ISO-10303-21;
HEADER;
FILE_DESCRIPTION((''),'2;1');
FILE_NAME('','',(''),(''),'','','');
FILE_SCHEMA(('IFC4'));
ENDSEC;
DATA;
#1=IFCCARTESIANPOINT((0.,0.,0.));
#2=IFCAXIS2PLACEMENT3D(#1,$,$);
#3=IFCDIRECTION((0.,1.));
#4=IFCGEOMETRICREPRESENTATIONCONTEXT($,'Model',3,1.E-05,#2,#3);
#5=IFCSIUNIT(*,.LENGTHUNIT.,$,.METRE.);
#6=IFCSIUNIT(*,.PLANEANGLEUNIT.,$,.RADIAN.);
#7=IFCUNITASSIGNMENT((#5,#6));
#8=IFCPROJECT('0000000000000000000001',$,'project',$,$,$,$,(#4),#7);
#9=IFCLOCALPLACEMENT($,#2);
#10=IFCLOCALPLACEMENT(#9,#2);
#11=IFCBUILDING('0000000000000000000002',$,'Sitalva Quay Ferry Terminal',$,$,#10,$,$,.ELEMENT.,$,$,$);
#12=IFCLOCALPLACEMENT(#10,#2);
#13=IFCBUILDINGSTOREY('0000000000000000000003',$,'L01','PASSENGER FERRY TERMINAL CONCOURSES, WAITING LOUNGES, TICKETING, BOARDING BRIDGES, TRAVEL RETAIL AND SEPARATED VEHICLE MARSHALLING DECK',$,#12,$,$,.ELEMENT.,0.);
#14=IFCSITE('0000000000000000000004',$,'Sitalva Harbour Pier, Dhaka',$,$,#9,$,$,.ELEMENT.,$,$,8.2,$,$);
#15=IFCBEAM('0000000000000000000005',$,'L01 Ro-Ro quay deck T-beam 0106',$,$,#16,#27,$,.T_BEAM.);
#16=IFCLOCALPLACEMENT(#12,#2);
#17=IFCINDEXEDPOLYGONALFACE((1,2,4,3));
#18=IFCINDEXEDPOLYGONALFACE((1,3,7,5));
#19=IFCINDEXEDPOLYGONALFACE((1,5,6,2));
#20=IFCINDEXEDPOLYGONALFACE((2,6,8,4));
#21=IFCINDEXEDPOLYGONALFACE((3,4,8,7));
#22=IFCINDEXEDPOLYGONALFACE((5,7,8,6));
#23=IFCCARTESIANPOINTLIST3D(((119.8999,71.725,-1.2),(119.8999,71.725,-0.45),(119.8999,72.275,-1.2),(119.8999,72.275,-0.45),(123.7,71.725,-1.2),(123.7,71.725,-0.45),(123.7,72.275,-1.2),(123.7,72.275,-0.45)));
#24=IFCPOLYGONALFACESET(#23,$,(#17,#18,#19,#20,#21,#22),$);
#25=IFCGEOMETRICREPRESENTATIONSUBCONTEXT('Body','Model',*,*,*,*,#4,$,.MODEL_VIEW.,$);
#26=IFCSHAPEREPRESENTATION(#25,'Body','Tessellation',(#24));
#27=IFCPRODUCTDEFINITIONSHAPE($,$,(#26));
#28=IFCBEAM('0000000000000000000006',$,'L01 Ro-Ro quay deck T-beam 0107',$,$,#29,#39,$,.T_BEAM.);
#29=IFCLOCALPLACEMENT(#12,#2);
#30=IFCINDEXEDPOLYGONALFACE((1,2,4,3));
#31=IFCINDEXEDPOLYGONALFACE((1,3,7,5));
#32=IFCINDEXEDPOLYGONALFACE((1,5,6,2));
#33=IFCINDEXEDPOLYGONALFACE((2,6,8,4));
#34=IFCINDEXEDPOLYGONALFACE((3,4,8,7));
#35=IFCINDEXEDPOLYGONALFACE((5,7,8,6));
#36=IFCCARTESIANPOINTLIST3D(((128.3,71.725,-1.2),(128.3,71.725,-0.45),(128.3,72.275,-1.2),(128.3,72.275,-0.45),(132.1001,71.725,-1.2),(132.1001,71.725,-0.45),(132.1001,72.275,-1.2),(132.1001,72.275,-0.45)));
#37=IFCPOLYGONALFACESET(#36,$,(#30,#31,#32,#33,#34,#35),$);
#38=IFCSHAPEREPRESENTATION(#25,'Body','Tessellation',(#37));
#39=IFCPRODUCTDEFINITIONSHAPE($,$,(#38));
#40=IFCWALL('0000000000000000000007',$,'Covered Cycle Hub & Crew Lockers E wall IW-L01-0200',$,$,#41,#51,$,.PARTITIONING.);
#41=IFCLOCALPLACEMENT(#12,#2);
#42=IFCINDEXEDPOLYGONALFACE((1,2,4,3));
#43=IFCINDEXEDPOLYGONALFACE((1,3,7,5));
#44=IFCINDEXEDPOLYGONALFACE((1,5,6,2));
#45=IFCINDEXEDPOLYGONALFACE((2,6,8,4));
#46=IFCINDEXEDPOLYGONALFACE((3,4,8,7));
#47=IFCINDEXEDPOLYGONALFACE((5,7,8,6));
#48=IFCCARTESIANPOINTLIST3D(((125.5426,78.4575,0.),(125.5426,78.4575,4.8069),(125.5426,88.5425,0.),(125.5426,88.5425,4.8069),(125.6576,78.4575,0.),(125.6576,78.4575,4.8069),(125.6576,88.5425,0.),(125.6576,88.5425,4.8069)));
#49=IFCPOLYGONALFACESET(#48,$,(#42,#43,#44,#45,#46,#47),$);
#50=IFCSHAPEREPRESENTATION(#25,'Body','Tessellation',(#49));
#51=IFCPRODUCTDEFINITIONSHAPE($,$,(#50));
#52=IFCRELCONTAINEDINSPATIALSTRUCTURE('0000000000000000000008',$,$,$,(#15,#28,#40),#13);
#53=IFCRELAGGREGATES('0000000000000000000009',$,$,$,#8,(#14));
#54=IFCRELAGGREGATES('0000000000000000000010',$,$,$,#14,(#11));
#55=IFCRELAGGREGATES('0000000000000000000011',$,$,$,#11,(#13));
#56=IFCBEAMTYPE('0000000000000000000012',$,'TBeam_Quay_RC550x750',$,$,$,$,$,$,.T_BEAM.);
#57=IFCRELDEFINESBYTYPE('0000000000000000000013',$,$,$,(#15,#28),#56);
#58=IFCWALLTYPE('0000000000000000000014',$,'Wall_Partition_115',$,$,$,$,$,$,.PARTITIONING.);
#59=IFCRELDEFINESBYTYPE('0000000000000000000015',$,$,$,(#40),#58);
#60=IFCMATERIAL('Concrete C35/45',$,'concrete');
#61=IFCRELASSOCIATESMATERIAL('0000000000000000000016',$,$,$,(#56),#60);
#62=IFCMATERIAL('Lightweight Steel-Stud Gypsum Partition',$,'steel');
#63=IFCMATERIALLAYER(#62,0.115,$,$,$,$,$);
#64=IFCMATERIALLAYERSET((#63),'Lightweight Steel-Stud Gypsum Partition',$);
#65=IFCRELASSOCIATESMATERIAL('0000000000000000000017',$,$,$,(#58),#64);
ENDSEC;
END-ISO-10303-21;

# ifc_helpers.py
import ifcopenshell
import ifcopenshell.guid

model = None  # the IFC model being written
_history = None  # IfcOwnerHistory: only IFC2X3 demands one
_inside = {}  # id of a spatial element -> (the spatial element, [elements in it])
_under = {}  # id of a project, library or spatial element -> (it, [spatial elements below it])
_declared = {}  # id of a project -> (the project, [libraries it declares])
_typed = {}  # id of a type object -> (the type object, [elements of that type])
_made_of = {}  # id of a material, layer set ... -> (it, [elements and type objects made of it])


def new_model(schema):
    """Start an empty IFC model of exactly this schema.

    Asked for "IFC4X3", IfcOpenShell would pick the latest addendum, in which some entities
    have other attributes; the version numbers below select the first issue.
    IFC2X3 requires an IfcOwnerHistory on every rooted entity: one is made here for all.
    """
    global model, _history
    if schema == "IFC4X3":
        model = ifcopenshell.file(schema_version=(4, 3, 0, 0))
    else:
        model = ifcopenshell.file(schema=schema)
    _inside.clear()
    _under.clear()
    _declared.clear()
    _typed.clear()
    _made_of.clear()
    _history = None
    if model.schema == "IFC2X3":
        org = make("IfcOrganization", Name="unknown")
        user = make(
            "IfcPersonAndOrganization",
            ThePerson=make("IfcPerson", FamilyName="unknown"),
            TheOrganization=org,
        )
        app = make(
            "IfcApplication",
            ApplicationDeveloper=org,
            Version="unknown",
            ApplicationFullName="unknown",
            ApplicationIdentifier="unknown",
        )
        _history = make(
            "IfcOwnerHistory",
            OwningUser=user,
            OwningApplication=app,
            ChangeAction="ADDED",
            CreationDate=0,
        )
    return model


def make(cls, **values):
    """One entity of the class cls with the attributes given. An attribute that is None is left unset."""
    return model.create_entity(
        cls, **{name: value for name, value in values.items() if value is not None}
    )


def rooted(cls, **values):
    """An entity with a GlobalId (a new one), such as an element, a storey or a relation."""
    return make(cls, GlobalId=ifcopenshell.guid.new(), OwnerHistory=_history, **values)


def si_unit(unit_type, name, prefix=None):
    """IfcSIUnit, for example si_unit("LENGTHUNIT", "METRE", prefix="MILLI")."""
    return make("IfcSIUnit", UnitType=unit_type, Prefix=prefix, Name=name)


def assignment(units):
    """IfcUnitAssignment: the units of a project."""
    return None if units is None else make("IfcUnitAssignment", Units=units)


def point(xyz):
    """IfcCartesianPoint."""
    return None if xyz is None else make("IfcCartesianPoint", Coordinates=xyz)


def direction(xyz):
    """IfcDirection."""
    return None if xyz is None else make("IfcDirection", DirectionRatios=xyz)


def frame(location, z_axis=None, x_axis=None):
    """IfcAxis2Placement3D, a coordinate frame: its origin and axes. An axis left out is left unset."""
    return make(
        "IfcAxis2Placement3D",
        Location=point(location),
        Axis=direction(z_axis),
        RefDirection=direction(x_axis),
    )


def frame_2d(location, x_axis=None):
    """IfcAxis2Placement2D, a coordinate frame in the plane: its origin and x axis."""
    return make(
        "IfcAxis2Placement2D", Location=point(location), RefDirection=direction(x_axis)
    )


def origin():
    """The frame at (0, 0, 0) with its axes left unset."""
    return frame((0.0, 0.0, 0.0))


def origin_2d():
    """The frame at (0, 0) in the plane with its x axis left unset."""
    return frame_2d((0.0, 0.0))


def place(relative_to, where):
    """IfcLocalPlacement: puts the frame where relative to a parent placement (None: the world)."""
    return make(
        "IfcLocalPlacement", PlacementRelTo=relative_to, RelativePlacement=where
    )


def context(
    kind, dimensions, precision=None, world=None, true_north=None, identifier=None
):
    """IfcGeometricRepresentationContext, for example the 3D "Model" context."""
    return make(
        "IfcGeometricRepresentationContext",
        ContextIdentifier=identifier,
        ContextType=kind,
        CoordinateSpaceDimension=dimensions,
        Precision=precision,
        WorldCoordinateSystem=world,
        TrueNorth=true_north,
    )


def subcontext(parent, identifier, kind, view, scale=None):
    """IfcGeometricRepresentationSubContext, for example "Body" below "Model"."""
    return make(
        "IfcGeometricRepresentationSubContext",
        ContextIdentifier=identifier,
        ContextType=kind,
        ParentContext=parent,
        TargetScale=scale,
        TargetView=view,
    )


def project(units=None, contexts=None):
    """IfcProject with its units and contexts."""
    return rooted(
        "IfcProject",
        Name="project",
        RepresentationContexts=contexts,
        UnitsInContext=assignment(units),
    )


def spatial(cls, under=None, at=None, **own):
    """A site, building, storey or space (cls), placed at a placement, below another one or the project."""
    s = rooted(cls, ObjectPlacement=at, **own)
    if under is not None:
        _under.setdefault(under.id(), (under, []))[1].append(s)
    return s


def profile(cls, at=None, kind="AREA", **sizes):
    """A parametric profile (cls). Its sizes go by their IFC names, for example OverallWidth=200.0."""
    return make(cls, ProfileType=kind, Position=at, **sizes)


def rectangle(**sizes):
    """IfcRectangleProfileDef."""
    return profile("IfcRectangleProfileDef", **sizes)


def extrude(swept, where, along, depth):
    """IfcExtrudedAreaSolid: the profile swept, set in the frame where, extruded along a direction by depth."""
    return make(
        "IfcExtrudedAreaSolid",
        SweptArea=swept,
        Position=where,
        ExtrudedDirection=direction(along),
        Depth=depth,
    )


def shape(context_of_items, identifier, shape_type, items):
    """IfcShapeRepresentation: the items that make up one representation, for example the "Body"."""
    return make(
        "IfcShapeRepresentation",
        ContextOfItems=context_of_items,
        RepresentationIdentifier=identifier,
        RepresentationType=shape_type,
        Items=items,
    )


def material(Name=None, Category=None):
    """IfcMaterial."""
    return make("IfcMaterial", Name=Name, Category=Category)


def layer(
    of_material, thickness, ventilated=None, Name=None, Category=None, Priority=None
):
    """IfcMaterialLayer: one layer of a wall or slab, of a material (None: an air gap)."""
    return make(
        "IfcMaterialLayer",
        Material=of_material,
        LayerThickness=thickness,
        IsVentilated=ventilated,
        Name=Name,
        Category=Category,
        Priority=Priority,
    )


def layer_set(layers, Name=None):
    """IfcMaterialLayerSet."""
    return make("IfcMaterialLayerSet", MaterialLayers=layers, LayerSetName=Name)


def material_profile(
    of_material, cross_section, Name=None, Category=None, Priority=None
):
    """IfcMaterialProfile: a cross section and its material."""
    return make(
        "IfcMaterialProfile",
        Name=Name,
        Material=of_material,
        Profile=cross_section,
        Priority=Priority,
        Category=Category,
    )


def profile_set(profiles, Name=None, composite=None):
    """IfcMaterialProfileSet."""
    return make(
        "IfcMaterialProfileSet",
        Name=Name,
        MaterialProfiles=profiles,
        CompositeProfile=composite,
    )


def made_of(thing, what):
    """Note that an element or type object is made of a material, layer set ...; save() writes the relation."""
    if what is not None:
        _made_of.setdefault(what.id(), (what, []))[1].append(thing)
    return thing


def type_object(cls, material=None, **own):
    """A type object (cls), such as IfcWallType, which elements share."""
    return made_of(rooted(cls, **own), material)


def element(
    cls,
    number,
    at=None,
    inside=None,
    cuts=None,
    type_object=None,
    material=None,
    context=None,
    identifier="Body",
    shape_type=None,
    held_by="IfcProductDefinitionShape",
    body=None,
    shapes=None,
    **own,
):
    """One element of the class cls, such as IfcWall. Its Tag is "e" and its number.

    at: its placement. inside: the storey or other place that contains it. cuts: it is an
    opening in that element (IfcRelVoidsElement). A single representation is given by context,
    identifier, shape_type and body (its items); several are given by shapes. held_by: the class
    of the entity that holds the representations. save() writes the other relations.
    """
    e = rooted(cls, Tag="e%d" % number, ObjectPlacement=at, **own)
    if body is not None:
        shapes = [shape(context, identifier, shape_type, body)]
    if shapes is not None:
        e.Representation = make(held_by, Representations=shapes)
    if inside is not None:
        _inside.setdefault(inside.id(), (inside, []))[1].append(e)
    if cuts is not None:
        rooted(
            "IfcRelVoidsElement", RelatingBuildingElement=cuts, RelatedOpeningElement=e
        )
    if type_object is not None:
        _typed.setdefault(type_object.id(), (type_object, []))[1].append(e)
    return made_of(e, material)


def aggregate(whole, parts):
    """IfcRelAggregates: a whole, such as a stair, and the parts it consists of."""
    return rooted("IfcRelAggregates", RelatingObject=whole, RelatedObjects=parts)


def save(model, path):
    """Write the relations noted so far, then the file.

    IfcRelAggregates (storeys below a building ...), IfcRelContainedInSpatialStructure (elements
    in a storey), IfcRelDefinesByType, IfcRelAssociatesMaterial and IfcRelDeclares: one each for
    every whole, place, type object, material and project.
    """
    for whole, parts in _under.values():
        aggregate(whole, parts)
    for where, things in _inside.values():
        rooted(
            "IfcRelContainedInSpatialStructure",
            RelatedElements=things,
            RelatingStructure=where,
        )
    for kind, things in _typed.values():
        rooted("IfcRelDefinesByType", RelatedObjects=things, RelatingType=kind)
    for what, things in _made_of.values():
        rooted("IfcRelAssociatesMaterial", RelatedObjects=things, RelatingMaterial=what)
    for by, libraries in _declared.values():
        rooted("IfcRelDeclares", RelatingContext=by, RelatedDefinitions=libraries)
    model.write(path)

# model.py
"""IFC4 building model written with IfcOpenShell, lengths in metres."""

from ifc_helpers import new_model, si_unit, direction, frame, frame_2d, origin, origin_2d, place, context, subcontext, project, spatial, rectangle, extrude, material, layer, layer_set, material_profile, profile_set, type_object, element, save


model = new_model("IFC4")

# Units and contexts
model_context = context("Model", 3, precision=1e-05, world=origin(), true_north=direction((0.0, 1.0)))
body_context = subcontext(model_context, "Body", "Model", "MODEL_VIEW")
ifc_project = project(units=[si_unit("LENGTHUNIT", "METRE"), si_unit("PLANEANGLEUNIT", "RADIAN")], contexts=[model_context])

# Site, building, storey
site_placement = place(None, origin())
site = spatial("IfcSite", under=ifc_project, at=site_placement, Name="Sitalva Harbour Pier, Dhaka", CompositionType="ELEMENT", RefElevation=8.2)
building_placement = place(site_placement, origin())
building = spatial("IfcBuilding", under=site, at=building_placement, Name="Sitalva Quay Ferry Terminal", CompositionType="ELEMENT")
storey_placement = place(building_placement, origin())
storey = spatial("IfcBuildingStorey", under=building, at=storey_placement, Name="L01", Description="PASSENGER FERRY TERMINAL CONCOURSES, WAITING LOUNGES, TICKETING, BOARDING BRIDGES, TRAVEL RETAIL AND SEPARATED VEHICLE MARSHALLING DECK", CompositionType="ELEMENT", Elevation=0.0)

# Beams
ifc_material_1 = material(Name="Concrete C35/45", Category="concrete")
ifc_material_profile_1 = material_profile(ifc_material_1, rectangle(XDim=0.55, YDim=0.75, at=origin_2d()), Name="RC550x750")
ifc_profile_set_1 = profile_set([ifc_material_profile_1], Name="Concrete C35/45")
beam_type_1 = type_object("IfcBeamType", Name="TBeam_Quay_RC550x750", PredefinedType="T_BEAM", material=ifc_profile_set_1)
for number, where, z_axis, x_axis, name in (
    (1, (119.8999, 72.0, -0.825), (1.0, 0.0, 0.0), (0.0, 1.0, 0.0), "L01 Ro-Ro quay deck T-beam 0106"),
    (2, (128.3, 72.0, -0.825), (1.0, 0.0, 0.0), (0.0, 1.0, 0.0), "L01 Ro-Ro quay deck T-beam 0107"),
):
    element("IfcBeam", number, at=place(storey_placement, frame(where, z_axis=z_axis, x_axis=x_axis)), inside=storey, type_object=beam_type_1, Name=name, PredefinedType="T_BEAM", context=body_context, shape_type="SweptSolid", body=[
        extrude(rectangle(XDim=0.55, YDim=0.75, at=origin_2d()), origin(), (0.0, 0.0, 1.0), 3.8),
    ])

# Wall
ifc_material_2 = material(Name="Lightweight Steel-Stud Gypsum Partition", Category="steel")
ifc_layer = layer(ifc_material_2, 0.115)
ifc_layer_set = layer_set([ifc_layer], Name="Lightweight Steel-Stud Gypsum Partition")
wall_type = type_object("IfcWallType", Name="Wall_Partition_115", PredefinedType="PARTITIONING", material=ifc_layer_set)
wall_placement = place(storey_placement, frame((125.6001, 78.4575, 0.0), z_axis=(0.0, 0.0, 1.0), x_axis=(0.0, 1.0, 0.0)))
element("IfcWall", 3, at=wall_placement, inside=storey, type_object=wall_type, Name="Covered Cycle Hub & Crew Lockers E wall IW-L01-0200", PredefinedType="PARTITIONING", context=body_context, shape_type="SweptSolid", body=[
    extrude(rectangle(XDim=10.085, YDim=0.115, at=frame_2d((5.0425, 0.0))), origin(), (0.0, 0.0, 1.0), 4.8069),
])

save(model, "model.ifc")
